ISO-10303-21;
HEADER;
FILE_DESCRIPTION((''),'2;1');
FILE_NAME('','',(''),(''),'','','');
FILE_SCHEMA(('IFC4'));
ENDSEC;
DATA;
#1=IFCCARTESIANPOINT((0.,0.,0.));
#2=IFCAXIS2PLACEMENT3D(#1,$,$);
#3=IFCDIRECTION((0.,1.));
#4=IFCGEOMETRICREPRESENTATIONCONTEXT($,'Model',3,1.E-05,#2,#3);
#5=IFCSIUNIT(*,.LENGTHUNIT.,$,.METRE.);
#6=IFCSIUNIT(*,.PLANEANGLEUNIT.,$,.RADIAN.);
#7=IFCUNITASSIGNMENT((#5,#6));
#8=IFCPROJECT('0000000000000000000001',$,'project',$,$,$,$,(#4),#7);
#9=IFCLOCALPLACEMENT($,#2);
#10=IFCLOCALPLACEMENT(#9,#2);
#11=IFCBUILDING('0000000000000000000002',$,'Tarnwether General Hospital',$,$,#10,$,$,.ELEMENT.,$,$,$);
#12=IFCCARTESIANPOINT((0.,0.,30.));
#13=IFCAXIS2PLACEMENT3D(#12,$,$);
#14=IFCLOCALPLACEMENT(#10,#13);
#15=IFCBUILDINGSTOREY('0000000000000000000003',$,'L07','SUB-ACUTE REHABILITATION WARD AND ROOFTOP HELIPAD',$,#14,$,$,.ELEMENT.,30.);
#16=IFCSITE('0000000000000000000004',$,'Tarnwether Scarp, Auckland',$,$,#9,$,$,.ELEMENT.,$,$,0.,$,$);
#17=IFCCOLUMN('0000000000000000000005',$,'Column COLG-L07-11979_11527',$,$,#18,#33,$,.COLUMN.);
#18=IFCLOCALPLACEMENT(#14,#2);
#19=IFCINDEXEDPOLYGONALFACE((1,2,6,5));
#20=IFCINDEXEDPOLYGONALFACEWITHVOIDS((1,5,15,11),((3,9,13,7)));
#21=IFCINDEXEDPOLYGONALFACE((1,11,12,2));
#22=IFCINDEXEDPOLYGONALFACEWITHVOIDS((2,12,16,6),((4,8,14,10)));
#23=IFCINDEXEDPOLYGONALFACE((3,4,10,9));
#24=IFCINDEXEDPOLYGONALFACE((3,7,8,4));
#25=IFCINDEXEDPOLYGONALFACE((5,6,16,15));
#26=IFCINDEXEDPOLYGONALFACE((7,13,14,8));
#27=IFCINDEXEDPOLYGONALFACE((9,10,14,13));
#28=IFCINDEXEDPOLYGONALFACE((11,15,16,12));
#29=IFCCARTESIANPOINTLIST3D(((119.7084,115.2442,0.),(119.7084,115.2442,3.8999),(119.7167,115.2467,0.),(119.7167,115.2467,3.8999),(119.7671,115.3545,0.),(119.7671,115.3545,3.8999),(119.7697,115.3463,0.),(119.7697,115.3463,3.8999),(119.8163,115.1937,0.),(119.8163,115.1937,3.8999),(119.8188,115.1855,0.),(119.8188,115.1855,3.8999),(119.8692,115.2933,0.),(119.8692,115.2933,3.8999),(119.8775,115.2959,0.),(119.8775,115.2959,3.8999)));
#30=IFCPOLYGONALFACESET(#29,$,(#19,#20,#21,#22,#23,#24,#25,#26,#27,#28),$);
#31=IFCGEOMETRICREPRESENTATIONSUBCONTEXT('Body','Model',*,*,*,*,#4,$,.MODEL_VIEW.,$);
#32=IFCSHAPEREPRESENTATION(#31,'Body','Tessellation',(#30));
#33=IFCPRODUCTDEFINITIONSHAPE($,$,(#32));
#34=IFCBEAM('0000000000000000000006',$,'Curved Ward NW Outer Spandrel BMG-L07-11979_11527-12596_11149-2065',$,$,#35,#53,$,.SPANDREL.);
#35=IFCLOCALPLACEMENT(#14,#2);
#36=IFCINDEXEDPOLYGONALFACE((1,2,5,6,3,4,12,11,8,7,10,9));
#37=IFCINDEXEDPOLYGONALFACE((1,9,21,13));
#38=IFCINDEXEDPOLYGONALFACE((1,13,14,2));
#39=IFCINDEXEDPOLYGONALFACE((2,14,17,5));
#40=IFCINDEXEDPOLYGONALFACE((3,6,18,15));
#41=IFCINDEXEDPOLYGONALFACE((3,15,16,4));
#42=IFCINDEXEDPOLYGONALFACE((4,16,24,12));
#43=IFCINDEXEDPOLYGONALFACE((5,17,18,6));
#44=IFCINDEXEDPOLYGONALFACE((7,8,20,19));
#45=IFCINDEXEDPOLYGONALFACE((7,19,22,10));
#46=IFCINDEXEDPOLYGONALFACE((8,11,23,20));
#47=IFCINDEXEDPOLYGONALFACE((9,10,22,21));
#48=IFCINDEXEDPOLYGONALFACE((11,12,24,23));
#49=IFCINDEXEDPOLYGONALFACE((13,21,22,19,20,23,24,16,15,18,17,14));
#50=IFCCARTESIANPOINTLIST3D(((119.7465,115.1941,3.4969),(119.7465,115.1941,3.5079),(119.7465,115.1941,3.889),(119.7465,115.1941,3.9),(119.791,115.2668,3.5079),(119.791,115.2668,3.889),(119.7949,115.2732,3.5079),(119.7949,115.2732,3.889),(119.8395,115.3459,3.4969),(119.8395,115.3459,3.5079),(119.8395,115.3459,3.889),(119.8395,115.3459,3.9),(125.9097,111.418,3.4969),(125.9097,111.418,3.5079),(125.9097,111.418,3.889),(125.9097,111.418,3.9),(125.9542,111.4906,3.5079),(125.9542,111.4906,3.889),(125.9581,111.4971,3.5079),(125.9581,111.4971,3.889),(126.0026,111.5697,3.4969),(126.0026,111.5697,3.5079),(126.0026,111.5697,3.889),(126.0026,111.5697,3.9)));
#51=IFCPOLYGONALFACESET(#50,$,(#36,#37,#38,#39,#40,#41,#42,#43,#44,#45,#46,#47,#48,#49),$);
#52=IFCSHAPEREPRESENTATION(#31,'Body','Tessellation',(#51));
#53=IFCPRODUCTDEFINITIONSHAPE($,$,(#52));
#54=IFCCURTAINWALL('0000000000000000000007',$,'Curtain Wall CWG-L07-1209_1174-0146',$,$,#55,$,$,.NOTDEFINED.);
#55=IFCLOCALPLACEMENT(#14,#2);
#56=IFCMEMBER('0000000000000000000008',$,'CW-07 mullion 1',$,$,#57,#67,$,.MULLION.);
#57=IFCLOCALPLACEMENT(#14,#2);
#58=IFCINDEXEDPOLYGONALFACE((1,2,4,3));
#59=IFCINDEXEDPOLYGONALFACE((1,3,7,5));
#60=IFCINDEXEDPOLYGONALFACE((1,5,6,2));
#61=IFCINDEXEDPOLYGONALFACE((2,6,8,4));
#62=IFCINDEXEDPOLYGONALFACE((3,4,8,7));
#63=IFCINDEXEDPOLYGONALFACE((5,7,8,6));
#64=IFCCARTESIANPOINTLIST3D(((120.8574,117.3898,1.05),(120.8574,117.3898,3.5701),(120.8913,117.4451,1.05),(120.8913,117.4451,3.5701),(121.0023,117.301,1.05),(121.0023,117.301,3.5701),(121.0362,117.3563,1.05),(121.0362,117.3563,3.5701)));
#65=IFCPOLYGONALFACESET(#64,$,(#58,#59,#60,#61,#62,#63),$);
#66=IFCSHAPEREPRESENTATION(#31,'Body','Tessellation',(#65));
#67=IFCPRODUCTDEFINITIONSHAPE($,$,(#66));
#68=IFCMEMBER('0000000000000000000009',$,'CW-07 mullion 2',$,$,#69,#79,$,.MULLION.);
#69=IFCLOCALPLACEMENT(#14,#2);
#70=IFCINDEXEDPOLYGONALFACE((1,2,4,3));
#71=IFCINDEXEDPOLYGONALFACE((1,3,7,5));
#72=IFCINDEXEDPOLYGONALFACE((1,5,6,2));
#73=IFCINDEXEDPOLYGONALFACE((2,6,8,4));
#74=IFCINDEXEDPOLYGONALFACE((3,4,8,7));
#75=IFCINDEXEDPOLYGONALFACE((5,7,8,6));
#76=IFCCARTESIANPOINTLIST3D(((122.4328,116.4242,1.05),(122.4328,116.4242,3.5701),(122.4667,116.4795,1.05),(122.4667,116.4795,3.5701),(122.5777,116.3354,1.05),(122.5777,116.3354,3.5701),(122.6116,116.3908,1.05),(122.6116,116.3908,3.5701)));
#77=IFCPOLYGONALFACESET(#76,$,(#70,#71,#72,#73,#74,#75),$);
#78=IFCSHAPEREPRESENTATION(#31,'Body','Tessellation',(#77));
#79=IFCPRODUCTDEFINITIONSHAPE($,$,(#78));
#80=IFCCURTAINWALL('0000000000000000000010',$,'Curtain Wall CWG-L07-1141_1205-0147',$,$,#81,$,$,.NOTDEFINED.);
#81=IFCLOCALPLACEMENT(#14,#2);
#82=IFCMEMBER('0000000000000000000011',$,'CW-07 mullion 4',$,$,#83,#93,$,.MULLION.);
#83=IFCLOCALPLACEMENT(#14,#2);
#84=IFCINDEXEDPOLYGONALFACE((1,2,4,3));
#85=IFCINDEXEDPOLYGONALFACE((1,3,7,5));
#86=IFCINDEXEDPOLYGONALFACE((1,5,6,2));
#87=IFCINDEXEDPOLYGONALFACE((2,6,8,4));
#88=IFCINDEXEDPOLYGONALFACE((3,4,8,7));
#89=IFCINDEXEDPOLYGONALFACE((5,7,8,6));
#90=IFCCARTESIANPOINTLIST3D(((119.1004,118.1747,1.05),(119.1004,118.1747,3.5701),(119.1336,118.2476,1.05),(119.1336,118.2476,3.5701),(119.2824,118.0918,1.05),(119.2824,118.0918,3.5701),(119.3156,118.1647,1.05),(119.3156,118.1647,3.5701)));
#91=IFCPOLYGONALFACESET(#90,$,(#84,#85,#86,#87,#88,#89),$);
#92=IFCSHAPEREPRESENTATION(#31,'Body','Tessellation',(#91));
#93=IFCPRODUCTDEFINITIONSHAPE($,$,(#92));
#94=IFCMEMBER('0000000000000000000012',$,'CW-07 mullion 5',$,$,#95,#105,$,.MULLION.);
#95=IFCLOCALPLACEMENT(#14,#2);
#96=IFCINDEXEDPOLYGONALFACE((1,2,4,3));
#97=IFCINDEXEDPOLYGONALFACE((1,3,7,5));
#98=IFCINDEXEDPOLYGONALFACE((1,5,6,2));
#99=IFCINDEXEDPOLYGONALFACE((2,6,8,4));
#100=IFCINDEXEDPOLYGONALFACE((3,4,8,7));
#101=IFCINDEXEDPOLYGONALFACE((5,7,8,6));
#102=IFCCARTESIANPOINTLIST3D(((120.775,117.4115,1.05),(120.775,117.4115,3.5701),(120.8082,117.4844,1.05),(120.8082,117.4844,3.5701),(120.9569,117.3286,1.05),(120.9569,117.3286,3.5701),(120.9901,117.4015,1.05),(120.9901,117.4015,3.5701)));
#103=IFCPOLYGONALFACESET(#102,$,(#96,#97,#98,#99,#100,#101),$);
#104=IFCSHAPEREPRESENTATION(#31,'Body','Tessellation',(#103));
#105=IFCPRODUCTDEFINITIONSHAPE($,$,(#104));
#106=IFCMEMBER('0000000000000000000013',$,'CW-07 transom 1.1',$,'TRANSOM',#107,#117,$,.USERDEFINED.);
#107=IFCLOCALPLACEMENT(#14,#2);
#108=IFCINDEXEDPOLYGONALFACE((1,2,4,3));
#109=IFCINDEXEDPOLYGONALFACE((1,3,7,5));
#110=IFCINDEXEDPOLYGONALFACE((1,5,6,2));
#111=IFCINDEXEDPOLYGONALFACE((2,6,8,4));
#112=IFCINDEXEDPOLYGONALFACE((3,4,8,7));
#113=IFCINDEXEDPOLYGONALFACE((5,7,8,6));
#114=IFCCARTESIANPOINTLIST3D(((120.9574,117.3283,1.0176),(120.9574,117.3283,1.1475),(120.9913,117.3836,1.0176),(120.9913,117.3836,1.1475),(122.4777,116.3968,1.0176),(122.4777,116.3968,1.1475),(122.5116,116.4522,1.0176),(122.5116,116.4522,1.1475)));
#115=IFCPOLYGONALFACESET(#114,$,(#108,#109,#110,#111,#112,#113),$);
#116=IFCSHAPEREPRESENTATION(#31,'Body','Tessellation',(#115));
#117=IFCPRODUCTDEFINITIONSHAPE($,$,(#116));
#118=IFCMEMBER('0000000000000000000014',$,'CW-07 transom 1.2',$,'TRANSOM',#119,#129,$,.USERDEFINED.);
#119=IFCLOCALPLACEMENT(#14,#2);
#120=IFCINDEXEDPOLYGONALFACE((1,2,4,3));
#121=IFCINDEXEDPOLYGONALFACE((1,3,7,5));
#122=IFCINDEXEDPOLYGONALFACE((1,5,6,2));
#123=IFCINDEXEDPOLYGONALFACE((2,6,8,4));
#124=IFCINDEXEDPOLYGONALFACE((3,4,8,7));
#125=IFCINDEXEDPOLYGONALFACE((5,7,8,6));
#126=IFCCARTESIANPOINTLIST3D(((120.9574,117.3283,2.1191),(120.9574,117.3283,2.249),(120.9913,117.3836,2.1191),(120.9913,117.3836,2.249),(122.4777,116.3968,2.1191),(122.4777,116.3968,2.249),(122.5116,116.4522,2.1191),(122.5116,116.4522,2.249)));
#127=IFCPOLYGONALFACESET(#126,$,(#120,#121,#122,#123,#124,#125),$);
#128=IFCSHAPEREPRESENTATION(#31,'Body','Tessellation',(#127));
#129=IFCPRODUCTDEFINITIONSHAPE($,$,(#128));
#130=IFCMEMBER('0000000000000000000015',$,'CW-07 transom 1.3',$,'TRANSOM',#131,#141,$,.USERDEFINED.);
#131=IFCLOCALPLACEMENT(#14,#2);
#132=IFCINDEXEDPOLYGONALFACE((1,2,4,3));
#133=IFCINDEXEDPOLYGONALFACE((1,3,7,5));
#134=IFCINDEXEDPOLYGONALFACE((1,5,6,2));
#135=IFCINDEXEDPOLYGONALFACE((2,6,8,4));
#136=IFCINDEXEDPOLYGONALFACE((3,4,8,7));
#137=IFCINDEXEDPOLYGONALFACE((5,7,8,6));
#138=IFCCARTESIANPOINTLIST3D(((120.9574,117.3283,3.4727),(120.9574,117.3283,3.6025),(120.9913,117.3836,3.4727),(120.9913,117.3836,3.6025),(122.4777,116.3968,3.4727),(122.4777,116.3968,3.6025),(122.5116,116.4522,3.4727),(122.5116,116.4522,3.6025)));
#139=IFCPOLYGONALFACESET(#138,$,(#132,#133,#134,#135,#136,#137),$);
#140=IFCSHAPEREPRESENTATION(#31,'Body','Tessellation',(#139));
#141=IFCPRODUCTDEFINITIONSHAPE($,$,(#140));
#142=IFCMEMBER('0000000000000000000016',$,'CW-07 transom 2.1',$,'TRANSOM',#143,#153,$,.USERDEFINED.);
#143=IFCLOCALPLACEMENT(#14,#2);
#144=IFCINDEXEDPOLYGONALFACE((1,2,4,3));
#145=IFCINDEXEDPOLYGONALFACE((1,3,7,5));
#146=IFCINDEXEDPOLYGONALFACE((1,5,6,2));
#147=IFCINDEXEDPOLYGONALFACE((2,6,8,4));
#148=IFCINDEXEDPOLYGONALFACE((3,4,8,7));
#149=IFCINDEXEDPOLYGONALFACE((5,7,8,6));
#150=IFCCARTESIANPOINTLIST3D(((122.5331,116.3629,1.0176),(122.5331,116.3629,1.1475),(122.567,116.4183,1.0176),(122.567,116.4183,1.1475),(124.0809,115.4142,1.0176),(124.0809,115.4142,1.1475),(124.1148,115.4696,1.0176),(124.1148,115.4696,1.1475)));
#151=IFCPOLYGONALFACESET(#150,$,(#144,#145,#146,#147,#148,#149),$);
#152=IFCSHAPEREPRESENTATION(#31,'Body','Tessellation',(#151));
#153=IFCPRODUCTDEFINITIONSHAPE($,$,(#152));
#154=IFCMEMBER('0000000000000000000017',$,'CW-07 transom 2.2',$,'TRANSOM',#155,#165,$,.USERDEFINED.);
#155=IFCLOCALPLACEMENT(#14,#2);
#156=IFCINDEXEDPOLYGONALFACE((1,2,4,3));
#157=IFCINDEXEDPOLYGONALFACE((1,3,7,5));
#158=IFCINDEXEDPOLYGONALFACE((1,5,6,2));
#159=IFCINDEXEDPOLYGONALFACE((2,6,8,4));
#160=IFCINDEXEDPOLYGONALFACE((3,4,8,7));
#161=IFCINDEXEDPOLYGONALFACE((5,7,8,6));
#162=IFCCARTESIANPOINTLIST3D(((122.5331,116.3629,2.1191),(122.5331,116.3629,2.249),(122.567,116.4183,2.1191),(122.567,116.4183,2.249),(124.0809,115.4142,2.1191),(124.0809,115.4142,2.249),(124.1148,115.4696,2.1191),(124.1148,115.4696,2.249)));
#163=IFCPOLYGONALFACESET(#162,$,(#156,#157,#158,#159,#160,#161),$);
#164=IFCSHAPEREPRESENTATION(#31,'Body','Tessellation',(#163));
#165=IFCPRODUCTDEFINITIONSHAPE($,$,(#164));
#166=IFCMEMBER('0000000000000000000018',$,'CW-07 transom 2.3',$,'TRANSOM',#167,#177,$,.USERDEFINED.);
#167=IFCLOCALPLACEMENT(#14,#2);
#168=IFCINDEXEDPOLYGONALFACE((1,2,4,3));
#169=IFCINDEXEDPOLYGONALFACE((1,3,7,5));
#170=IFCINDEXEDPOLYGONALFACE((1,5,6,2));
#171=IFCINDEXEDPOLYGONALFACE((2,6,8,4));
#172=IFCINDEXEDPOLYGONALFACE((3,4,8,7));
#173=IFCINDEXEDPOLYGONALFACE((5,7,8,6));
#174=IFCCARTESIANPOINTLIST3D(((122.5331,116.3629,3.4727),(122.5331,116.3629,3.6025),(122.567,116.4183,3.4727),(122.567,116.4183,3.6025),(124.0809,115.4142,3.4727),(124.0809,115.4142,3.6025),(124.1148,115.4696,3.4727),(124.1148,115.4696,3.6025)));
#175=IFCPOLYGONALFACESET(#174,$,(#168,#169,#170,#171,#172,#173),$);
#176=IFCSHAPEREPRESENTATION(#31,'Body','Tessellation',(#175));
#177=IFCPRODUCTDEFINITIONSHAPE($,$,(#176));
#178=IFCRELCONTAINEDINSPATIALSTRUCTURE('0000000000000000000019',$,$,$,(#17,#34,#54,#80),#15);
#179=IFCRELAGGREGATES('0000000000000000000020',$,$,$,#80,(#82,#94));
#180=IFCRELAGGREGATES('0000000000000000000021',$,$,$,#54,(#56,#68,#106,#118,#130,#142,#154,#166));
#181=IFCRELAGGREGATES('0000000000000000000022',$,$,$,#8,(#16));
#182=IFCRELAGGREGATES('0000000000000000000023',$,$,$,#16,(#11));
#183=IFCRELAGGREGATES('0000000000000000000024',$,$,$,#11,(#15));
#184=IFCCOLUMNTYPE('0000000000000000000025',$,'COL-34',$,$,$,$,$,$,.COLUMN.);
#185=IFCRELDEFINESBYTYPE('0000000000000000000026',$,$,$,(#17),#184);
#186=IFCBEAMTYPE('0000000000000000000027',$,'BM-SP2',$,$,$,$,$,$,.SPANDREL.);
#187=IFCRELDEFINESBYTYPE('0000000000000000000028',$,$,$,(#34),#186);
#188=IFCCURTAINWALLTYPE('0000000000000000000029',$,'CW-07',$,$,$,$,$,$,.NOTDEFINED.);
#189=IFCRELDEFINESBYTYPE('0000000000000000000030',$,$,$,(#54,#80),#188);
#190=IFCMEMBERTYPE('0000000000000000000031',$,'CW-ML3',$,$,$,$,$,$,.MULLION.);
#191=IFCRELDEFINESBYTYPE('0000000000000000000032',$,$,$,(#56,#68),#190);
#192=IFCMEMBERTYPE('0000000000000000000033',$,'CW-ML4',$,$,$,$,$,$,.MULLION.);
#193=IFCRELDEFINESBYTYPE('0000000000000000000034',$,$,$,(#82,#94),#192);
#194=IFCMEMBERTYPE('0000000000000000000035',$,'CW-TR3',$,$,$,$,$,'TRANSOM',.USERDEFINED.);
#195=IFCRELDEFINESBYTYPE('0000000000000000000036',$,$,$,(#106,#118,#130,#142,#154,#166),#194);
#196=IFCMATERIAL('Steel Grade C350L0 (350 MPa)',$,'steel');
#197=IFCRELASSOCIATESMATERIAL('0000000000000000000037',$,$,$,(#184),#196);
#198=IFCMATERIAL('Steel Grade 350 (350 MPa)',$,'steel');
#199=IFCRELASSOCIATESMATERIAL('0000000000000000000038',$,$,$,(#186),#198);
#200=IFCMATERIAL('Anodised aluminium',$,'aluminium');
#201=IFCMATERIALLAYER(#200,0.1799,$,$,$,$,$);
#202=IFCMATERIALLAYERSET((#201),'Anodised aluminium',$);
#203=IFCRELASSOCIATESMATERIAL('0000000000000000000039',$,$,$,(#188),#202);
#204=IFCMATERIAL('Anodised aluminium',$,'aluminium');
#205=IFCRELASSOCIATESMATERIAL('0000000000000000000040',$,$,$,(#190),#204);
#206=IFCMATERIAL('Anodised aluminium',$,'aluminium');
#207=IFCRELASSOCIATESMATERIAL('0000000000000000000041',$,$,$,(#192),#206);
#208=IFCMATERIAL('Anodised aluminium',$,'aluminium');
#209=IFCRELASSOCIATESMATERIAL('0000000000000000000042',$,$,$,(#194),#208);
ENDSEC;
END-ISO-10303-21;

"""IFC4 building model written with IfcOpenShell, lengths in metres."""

from ifc_helpers import new_model, si_unit, direction, frame, origin, origin_2d, place, context, subcontext, project, spatial, rectangle, hollow_rectangle, i_section, extrude, material, layer, layer_set, material_profile, profile_set, type_object, element, aggregate, save


model = new_model("IFC4")

# Units and contexts
model_context = context("Model", 3, precision=1e-05, world=origin(), true_north=direction((0.0, 1.0)))
body_context = subcontext(model_context, "Body", "Model", "MODEL_VIEW")
ifc_project = project(units=[si_unit("LENGTHUNIT", "METRE"), si_unit("PLANEANGLEUNIT", "RADIAN")], contexts=[model_context])

# Site, building, storey
site_placement = place(None, origin())
site = spatial("IfcSite", under=ifc_project, at=site_placement, Name="Tarnwether Scarp, Auckland", CompositionType="ELEMENT", RefElevation=0.0)
building_placement = place(site_placement, origin())
building = spatial("IfcBuilding", under=site, at=building_placement, Name="Tarnwether General Hospital", CompositionType="ELEMENT")
storey_placement = place(building_placement, frame((0.0, 0.0, 30.0)))
storey = spatial("IfcBuildingStorey", under=building, at=storey_placement, Name="L07", Description="SUB-ACUTE REHABILITATION WARD AND ROOFTOP HELIPAD", CompositionType="ELEMENT", Elevation=30.0)

# Column
ifc_material_1 = material(Name="Steel Grade C350L0 (350 MPa)", Category="steel")
ifc_material_profile_1 = material_profile(ifc_material_1, hollow_rectangle(XDim=0.125, YDim=0.125, WallThickness=0.0061, at=origin_2d()), Name="SHS125x125x6")
ifc_profile_set_1 = profile_set([ifc_material_profile_1], Name="Steel Grade C350L0 (350 MPa)")
column_type = type_object("IfcColumnType", Name="COL-34", PredefinedType="COLUMN", material=ifc_profile_set_1)
column_placement = place(storey_placement, frame((119.793, 115.27, 0.0), z_axis=(0.0, 0.0, 1.0), x_axis=(0.469472, 0.882948, 0.0)))
element("IfcColumn", 1, at=column_placement, inside=storey, type_object=column_type, Name="Column COLG-L07-11979_11527", PredefinedType="COLUMN", context=body_context, shape_type="SweptSolid", body=[
    extrude(hollow_rectangle(XDim=0.125, YDim=0.125, WallThickness=0.0061, at=origin_2d()), origin(), (0.0, 0.0, 1.0), 3.8999),
])

# Beam
ifc_material_2 = material(Name="Steel Grade 350 (350 MPa)", Category="steel")
ifc_material_profile_2 = material_profile(ifc_material_2, i_section(OverallWidth=0.178, OverallDepth=0.4031, WebThickness=0.0076, FlangeThickness=0.011, at=origin_2d()), Name="410UB53.7")
ifc_profile_set_2 = profile_set([ifc_material_profile_2], Name="Steel Grade 350 (350 MPa)")
beam_type = type_object("IfcBeamType", Name="BM-SP2", PredefinedType="SPANDREL", material=ifc_profile_set_2)
beam_placement = place(storey_placement, frame((119.793, 115.27, 3.6985), z_axis=(0.852678, -0.522436, 0.0), x_axis=(0.522436, 0.852678, 0.0)))
element("IfcBeam", 2, at=beam_placement, inside=storey, type_object=beam_type, Name="Curved Ward NW Outer Spandrel BMG-L07-11979_11527-12596_11149-2065", PredefinedType="SPANDREL", context=body_context, shape_type="SweptSolid", body=[
    extrude(i_section(OverallWidth=0.178, OverallDepth=0.4031, WebThickness=0.0076, FlangeThickness=0.011, at=origin_2d()), origin(), (0.0, 0.0, 1.0), 7.228),
])

# Curtain walls, members
ifc_material_3 = material(Name="Anodised aluminium", Category="aluminium")
ifc_layer_1 = layer(ifc_material_3, 0.1799)
ifc_layer_set_1 = layer_set([ifc_layer_1], Name="Anodised aluminium")
curtain_wall_type = type_object("IfcCurtainWallType", Name="CW-07", PredefinedType="NOTDEFINED", material=ifc_layer_set_1)
curtain_wall_1_placement = place(storey_placement, origin())
curtain_wall_1 = element("IfcCurtainWall", 3, at=curtain_wall_1_placement, inside=storey, type_object=curtain_wall_type, Name="Curtain Wall CWG-L07-1209_1174-0146", PredefinedType="NOTDEFINED")
ifc_material_4 = material(Name="Anodised aluminium", Category="aluminium")
ifc_material_profile_3 = material_profile(ifc_material_4, rectangle(XDim=0.0649, YDim=0.1699, at=origin_2d()), Name="ALU-MUL-65x170")
ifc_profile_set_3 = profile_set([ifc_material_profile_3], Name="Anodised aluminium")
member_type_1 = type_object("IfcMemberType", Name="CW-ML3", PredefinedType="MULLION", material=ifc_profile_set_3)
member_1_placement = place(storey_placement, frame((120.9468, 117.373, 1.05), z_axis=(0.0, 0.0, 1.0), x_axis=(0.522509, 0.852634, 0.0)))
member_1 = element("IfcMember", 4, at=member_1_placement, type_object=member_type_1, Name="CW-07 mullion 1", PredefinedType="MULLION", context=body_context, shape_type="SweptSolid", body=[
    extrude(rectangle(XDim=0.0649, YDim=0.1699, at=origin_2d()), origin(), (0.0, 0.0, 1.0), 2.52),
])
member_2_placement = place(storey_placement, frame((122.5222, 116.4075, 1.05), z_axis=(0.0, 0.0, 1.0), x_axis=(0.522509, 0.852634, 0.0)))
member_2 = element("IfcMember", 5, at=member_2_placement, type_object=member_type_1, Name="CW-07 mullion 2", PredefinedType="MULLION", context=body_context, shape_type="SweptSolid", body=[
    extrude(rectangle(XDim=0.0649, YDim=0.1699, at=origin_2d()), origin(), (0.0, 0.0, 1.0), 2.52),
])
curtain_wall_2_placement = place(storey_placement, origin())
curtain_wall_2 = element("IfcCurtainWall", 6, at=curtain_wall_2_placement, inside=storey, type_object=curtain_wall_type, Name="Curtain Wall CWG-L07-1141_1205-0147", PredefinedType="NOTDEFINED")
ifc_material_5 = material(Name="Anodised aluminium", Category="aluminium")
ifc_material_profile_4 = material_profile(ifc_material_5, rectangle(XDim=0.0801, YDim=0.2, at=origin_2d()), Name="ALU-MUL-80x200")
ifc_profile_set_4 = profile_set([ifc_material_profile_4], Name="Anodised aluminium")
member_type_2 = type_object("IfcMemberType", Name="CW-ML4", PredefinedType="MULLION", material=ifc_profile_set_4)
member_3_placement = place(storey_placement, frame((119.208, 118.1697, 1.05), z_axis=(0.0, 0.0, 1.0), x_axis=(0.414694, 0.909961, 0.0)))
member_3 = element("IfcMember", 7, at=member_3_placement, type_object=member_type_2, Name="CW-07 mullion 4", PredefinedType="MULLION", context=body_context, shape_type="SweptSolid", body=[
    extrude(rectangle(XDim=0.0801, YDim=0.2, at=origin_2d()), origin(), (0.0, 0.0, 1.0), 2.52),
])
member_4_placement = place(storey_placement, frame((120.8826, 117.4065, 1.05), z_axis=(0.0, 0.0, 1.0), x_axis=(0.414694, 0.909961, 0.0)))
member_4 = element("IfcMember", 8, at=member_4_placement, type_object=member_type_2, Name="CW-07 mullion 5", PredefinedType="MULLION", context=body_context, shape_type="SweptSolid", body=[
    extrude(rectangle(XDim=0.0801, YDim=0.2, at=origin_2d()), origin(), (0.0, 0.0, 1.0), 2.52),
])

# Members
ifc_material_6 = material(Name="Anodised aluminium", Category="aluminium")
ifc_material_profile_5 = material_profile(ifc_material_6, rectangle(XDim=0.0649, YDim=0.1299, at=origin_2d()), Name="ALU-TRN-65x130")
ifc_profile_set_5 = profile_set([ifc_material_profile_5], Name="Anodised aluminium")
member_type_3 = type_object("IfcMemberType", Name="CW-TR3", ElementType="TRANSOM", PredefinedType="USERDEFINED", material=ifc_profile_set_5)
member_5_placement = place(storey_placement, frame((120.9744, 117.356, 1.0825), z_axis=(0.852696, -0.522408, 0.0), x_axis=(0.522408, 0.852696, 0.0)))
member_5 = element("IfcMember", 9, at=member_5_placement, type_object=member_type_3, Name="CW-07 transom 1.1", ObjectType="TRANSOM", PredefinedType="USERDEFINED", context=body_context, shape_type="SweptSolid", body=[
    extrude(rectangle(XDim=0.0649, YDim=0.1299, at=origin_2d()), origin(), (0.0, 0.0, 1.0), 1.783),
])
member_6_placement = place(storey_placement, frame((120.9744, 117.356, 2.1841), z_axis=(0.852696, -0.522408, 0.0), x_axis=(0.522408, 0.852696, 0.0)))
member_6 = element("IfcMember", 10, at=member_6_placement, type_object=member_type_3, Name="CW-07 transom 1.2", ObjectType="TRANSOM", PredefinedType="USERDEFINED", context=body_context, shape_type="SweptSolid", body=[
    extrude(rectangle(XDim=0.0649, YDim=0.1299, at=origin_2d()), origin(), (0.0, 0.0, 1.0), 1.783),
])
member_7_placement = place(storey_placement, frame((120.9744, 117.356, 3.5376), z_axis=(0.852696, -0.522408, 0.0), x_axis=(0.522408, 0.852696, 0.0)))
member_7 = element("IfcMember", 11, at=member_7_placement, type_object=member_type_3, Name="CW-07 transom 1.3", ObjectType="TRANSOM", PredefinedType="USERDEFINED", context=body_context, shape_type="SweptSolid", body=[
    extrude(rectangle(XDim=0.0649, YDim=0.1299, at=origin_2d()), origin(), (0.0, 0.0, 1.0), 1.783),
])
member_8_placement = place(storey_placement, frame((122.55, 116.3906, 1.0825), z_axis=(0.85259, -0.522581, 0.0), x_axis=(0.522581, 0.85259, 0.0)))
member_8 = element("IfcMember", 12, at=member_8_placement, type_object=member_type_3, Name="CW-07 transom 2.1", ObjectType="TRANSOM", PredefinedType="USERDEFINED", context=body_context, shape_type="SweptSolid", body=[
    extrude(rectangle(XDim=0.0649, YDim=0.1299, at=origin_2d()), origin(), (0.0, 0.0, 1.0), 1.8154),
])
member_9_placement = place(storey_placement, frame((122.55, 116.3906, 2.1841), z_axis=(0.85259, -0.522581, 0.0), x_axis=(0.522581, 0.85259, 0.0)))
member_9 = element("IfcMember", 13, at=member_9_placement, type_object=member_type_3, Name="CW-07 transom 2.2", ObjectType="TRANSOM", PredefinedType="USERDEFINED", context=body_context, shape_type="SweptSolid", body=[
    extrude(rectangle(XDim=0.0649, YDim=0.1299, at=origin_2d()), origin(), (0.0, 0.0, 1.0), 1.8154),
])
member_10_placement = place(storey_placement, frame((122.55, 116.3906, 3.5376), z_axis=(0.85259, -0.522581, 0.0), x_axis=(0.522581, 0.85259, 0.0)))
member_10 = element("IfcMember", 14, at=member_10_placement, type_object=member_type_3, Name="CW-07 transom 2.3", ObjectType="TRANSOM", PredefinedType="USERDEFINED", context=body_context, shape_type="SweptSolid", body=[
    extrude(rectangle(XDim=0.0649, YDim=0.1299, at=origin_2d()), origin(), (0.0, 0.0, 1.0), 1.8154),
])

aggregate(curtain_wall_2, [member_3, member_4])
aggregate(curtain_wall_1, [member_1, member_2, member_5, member_6, member_7, member_8, member_9, member_10])

save(model, "model.ifc")
